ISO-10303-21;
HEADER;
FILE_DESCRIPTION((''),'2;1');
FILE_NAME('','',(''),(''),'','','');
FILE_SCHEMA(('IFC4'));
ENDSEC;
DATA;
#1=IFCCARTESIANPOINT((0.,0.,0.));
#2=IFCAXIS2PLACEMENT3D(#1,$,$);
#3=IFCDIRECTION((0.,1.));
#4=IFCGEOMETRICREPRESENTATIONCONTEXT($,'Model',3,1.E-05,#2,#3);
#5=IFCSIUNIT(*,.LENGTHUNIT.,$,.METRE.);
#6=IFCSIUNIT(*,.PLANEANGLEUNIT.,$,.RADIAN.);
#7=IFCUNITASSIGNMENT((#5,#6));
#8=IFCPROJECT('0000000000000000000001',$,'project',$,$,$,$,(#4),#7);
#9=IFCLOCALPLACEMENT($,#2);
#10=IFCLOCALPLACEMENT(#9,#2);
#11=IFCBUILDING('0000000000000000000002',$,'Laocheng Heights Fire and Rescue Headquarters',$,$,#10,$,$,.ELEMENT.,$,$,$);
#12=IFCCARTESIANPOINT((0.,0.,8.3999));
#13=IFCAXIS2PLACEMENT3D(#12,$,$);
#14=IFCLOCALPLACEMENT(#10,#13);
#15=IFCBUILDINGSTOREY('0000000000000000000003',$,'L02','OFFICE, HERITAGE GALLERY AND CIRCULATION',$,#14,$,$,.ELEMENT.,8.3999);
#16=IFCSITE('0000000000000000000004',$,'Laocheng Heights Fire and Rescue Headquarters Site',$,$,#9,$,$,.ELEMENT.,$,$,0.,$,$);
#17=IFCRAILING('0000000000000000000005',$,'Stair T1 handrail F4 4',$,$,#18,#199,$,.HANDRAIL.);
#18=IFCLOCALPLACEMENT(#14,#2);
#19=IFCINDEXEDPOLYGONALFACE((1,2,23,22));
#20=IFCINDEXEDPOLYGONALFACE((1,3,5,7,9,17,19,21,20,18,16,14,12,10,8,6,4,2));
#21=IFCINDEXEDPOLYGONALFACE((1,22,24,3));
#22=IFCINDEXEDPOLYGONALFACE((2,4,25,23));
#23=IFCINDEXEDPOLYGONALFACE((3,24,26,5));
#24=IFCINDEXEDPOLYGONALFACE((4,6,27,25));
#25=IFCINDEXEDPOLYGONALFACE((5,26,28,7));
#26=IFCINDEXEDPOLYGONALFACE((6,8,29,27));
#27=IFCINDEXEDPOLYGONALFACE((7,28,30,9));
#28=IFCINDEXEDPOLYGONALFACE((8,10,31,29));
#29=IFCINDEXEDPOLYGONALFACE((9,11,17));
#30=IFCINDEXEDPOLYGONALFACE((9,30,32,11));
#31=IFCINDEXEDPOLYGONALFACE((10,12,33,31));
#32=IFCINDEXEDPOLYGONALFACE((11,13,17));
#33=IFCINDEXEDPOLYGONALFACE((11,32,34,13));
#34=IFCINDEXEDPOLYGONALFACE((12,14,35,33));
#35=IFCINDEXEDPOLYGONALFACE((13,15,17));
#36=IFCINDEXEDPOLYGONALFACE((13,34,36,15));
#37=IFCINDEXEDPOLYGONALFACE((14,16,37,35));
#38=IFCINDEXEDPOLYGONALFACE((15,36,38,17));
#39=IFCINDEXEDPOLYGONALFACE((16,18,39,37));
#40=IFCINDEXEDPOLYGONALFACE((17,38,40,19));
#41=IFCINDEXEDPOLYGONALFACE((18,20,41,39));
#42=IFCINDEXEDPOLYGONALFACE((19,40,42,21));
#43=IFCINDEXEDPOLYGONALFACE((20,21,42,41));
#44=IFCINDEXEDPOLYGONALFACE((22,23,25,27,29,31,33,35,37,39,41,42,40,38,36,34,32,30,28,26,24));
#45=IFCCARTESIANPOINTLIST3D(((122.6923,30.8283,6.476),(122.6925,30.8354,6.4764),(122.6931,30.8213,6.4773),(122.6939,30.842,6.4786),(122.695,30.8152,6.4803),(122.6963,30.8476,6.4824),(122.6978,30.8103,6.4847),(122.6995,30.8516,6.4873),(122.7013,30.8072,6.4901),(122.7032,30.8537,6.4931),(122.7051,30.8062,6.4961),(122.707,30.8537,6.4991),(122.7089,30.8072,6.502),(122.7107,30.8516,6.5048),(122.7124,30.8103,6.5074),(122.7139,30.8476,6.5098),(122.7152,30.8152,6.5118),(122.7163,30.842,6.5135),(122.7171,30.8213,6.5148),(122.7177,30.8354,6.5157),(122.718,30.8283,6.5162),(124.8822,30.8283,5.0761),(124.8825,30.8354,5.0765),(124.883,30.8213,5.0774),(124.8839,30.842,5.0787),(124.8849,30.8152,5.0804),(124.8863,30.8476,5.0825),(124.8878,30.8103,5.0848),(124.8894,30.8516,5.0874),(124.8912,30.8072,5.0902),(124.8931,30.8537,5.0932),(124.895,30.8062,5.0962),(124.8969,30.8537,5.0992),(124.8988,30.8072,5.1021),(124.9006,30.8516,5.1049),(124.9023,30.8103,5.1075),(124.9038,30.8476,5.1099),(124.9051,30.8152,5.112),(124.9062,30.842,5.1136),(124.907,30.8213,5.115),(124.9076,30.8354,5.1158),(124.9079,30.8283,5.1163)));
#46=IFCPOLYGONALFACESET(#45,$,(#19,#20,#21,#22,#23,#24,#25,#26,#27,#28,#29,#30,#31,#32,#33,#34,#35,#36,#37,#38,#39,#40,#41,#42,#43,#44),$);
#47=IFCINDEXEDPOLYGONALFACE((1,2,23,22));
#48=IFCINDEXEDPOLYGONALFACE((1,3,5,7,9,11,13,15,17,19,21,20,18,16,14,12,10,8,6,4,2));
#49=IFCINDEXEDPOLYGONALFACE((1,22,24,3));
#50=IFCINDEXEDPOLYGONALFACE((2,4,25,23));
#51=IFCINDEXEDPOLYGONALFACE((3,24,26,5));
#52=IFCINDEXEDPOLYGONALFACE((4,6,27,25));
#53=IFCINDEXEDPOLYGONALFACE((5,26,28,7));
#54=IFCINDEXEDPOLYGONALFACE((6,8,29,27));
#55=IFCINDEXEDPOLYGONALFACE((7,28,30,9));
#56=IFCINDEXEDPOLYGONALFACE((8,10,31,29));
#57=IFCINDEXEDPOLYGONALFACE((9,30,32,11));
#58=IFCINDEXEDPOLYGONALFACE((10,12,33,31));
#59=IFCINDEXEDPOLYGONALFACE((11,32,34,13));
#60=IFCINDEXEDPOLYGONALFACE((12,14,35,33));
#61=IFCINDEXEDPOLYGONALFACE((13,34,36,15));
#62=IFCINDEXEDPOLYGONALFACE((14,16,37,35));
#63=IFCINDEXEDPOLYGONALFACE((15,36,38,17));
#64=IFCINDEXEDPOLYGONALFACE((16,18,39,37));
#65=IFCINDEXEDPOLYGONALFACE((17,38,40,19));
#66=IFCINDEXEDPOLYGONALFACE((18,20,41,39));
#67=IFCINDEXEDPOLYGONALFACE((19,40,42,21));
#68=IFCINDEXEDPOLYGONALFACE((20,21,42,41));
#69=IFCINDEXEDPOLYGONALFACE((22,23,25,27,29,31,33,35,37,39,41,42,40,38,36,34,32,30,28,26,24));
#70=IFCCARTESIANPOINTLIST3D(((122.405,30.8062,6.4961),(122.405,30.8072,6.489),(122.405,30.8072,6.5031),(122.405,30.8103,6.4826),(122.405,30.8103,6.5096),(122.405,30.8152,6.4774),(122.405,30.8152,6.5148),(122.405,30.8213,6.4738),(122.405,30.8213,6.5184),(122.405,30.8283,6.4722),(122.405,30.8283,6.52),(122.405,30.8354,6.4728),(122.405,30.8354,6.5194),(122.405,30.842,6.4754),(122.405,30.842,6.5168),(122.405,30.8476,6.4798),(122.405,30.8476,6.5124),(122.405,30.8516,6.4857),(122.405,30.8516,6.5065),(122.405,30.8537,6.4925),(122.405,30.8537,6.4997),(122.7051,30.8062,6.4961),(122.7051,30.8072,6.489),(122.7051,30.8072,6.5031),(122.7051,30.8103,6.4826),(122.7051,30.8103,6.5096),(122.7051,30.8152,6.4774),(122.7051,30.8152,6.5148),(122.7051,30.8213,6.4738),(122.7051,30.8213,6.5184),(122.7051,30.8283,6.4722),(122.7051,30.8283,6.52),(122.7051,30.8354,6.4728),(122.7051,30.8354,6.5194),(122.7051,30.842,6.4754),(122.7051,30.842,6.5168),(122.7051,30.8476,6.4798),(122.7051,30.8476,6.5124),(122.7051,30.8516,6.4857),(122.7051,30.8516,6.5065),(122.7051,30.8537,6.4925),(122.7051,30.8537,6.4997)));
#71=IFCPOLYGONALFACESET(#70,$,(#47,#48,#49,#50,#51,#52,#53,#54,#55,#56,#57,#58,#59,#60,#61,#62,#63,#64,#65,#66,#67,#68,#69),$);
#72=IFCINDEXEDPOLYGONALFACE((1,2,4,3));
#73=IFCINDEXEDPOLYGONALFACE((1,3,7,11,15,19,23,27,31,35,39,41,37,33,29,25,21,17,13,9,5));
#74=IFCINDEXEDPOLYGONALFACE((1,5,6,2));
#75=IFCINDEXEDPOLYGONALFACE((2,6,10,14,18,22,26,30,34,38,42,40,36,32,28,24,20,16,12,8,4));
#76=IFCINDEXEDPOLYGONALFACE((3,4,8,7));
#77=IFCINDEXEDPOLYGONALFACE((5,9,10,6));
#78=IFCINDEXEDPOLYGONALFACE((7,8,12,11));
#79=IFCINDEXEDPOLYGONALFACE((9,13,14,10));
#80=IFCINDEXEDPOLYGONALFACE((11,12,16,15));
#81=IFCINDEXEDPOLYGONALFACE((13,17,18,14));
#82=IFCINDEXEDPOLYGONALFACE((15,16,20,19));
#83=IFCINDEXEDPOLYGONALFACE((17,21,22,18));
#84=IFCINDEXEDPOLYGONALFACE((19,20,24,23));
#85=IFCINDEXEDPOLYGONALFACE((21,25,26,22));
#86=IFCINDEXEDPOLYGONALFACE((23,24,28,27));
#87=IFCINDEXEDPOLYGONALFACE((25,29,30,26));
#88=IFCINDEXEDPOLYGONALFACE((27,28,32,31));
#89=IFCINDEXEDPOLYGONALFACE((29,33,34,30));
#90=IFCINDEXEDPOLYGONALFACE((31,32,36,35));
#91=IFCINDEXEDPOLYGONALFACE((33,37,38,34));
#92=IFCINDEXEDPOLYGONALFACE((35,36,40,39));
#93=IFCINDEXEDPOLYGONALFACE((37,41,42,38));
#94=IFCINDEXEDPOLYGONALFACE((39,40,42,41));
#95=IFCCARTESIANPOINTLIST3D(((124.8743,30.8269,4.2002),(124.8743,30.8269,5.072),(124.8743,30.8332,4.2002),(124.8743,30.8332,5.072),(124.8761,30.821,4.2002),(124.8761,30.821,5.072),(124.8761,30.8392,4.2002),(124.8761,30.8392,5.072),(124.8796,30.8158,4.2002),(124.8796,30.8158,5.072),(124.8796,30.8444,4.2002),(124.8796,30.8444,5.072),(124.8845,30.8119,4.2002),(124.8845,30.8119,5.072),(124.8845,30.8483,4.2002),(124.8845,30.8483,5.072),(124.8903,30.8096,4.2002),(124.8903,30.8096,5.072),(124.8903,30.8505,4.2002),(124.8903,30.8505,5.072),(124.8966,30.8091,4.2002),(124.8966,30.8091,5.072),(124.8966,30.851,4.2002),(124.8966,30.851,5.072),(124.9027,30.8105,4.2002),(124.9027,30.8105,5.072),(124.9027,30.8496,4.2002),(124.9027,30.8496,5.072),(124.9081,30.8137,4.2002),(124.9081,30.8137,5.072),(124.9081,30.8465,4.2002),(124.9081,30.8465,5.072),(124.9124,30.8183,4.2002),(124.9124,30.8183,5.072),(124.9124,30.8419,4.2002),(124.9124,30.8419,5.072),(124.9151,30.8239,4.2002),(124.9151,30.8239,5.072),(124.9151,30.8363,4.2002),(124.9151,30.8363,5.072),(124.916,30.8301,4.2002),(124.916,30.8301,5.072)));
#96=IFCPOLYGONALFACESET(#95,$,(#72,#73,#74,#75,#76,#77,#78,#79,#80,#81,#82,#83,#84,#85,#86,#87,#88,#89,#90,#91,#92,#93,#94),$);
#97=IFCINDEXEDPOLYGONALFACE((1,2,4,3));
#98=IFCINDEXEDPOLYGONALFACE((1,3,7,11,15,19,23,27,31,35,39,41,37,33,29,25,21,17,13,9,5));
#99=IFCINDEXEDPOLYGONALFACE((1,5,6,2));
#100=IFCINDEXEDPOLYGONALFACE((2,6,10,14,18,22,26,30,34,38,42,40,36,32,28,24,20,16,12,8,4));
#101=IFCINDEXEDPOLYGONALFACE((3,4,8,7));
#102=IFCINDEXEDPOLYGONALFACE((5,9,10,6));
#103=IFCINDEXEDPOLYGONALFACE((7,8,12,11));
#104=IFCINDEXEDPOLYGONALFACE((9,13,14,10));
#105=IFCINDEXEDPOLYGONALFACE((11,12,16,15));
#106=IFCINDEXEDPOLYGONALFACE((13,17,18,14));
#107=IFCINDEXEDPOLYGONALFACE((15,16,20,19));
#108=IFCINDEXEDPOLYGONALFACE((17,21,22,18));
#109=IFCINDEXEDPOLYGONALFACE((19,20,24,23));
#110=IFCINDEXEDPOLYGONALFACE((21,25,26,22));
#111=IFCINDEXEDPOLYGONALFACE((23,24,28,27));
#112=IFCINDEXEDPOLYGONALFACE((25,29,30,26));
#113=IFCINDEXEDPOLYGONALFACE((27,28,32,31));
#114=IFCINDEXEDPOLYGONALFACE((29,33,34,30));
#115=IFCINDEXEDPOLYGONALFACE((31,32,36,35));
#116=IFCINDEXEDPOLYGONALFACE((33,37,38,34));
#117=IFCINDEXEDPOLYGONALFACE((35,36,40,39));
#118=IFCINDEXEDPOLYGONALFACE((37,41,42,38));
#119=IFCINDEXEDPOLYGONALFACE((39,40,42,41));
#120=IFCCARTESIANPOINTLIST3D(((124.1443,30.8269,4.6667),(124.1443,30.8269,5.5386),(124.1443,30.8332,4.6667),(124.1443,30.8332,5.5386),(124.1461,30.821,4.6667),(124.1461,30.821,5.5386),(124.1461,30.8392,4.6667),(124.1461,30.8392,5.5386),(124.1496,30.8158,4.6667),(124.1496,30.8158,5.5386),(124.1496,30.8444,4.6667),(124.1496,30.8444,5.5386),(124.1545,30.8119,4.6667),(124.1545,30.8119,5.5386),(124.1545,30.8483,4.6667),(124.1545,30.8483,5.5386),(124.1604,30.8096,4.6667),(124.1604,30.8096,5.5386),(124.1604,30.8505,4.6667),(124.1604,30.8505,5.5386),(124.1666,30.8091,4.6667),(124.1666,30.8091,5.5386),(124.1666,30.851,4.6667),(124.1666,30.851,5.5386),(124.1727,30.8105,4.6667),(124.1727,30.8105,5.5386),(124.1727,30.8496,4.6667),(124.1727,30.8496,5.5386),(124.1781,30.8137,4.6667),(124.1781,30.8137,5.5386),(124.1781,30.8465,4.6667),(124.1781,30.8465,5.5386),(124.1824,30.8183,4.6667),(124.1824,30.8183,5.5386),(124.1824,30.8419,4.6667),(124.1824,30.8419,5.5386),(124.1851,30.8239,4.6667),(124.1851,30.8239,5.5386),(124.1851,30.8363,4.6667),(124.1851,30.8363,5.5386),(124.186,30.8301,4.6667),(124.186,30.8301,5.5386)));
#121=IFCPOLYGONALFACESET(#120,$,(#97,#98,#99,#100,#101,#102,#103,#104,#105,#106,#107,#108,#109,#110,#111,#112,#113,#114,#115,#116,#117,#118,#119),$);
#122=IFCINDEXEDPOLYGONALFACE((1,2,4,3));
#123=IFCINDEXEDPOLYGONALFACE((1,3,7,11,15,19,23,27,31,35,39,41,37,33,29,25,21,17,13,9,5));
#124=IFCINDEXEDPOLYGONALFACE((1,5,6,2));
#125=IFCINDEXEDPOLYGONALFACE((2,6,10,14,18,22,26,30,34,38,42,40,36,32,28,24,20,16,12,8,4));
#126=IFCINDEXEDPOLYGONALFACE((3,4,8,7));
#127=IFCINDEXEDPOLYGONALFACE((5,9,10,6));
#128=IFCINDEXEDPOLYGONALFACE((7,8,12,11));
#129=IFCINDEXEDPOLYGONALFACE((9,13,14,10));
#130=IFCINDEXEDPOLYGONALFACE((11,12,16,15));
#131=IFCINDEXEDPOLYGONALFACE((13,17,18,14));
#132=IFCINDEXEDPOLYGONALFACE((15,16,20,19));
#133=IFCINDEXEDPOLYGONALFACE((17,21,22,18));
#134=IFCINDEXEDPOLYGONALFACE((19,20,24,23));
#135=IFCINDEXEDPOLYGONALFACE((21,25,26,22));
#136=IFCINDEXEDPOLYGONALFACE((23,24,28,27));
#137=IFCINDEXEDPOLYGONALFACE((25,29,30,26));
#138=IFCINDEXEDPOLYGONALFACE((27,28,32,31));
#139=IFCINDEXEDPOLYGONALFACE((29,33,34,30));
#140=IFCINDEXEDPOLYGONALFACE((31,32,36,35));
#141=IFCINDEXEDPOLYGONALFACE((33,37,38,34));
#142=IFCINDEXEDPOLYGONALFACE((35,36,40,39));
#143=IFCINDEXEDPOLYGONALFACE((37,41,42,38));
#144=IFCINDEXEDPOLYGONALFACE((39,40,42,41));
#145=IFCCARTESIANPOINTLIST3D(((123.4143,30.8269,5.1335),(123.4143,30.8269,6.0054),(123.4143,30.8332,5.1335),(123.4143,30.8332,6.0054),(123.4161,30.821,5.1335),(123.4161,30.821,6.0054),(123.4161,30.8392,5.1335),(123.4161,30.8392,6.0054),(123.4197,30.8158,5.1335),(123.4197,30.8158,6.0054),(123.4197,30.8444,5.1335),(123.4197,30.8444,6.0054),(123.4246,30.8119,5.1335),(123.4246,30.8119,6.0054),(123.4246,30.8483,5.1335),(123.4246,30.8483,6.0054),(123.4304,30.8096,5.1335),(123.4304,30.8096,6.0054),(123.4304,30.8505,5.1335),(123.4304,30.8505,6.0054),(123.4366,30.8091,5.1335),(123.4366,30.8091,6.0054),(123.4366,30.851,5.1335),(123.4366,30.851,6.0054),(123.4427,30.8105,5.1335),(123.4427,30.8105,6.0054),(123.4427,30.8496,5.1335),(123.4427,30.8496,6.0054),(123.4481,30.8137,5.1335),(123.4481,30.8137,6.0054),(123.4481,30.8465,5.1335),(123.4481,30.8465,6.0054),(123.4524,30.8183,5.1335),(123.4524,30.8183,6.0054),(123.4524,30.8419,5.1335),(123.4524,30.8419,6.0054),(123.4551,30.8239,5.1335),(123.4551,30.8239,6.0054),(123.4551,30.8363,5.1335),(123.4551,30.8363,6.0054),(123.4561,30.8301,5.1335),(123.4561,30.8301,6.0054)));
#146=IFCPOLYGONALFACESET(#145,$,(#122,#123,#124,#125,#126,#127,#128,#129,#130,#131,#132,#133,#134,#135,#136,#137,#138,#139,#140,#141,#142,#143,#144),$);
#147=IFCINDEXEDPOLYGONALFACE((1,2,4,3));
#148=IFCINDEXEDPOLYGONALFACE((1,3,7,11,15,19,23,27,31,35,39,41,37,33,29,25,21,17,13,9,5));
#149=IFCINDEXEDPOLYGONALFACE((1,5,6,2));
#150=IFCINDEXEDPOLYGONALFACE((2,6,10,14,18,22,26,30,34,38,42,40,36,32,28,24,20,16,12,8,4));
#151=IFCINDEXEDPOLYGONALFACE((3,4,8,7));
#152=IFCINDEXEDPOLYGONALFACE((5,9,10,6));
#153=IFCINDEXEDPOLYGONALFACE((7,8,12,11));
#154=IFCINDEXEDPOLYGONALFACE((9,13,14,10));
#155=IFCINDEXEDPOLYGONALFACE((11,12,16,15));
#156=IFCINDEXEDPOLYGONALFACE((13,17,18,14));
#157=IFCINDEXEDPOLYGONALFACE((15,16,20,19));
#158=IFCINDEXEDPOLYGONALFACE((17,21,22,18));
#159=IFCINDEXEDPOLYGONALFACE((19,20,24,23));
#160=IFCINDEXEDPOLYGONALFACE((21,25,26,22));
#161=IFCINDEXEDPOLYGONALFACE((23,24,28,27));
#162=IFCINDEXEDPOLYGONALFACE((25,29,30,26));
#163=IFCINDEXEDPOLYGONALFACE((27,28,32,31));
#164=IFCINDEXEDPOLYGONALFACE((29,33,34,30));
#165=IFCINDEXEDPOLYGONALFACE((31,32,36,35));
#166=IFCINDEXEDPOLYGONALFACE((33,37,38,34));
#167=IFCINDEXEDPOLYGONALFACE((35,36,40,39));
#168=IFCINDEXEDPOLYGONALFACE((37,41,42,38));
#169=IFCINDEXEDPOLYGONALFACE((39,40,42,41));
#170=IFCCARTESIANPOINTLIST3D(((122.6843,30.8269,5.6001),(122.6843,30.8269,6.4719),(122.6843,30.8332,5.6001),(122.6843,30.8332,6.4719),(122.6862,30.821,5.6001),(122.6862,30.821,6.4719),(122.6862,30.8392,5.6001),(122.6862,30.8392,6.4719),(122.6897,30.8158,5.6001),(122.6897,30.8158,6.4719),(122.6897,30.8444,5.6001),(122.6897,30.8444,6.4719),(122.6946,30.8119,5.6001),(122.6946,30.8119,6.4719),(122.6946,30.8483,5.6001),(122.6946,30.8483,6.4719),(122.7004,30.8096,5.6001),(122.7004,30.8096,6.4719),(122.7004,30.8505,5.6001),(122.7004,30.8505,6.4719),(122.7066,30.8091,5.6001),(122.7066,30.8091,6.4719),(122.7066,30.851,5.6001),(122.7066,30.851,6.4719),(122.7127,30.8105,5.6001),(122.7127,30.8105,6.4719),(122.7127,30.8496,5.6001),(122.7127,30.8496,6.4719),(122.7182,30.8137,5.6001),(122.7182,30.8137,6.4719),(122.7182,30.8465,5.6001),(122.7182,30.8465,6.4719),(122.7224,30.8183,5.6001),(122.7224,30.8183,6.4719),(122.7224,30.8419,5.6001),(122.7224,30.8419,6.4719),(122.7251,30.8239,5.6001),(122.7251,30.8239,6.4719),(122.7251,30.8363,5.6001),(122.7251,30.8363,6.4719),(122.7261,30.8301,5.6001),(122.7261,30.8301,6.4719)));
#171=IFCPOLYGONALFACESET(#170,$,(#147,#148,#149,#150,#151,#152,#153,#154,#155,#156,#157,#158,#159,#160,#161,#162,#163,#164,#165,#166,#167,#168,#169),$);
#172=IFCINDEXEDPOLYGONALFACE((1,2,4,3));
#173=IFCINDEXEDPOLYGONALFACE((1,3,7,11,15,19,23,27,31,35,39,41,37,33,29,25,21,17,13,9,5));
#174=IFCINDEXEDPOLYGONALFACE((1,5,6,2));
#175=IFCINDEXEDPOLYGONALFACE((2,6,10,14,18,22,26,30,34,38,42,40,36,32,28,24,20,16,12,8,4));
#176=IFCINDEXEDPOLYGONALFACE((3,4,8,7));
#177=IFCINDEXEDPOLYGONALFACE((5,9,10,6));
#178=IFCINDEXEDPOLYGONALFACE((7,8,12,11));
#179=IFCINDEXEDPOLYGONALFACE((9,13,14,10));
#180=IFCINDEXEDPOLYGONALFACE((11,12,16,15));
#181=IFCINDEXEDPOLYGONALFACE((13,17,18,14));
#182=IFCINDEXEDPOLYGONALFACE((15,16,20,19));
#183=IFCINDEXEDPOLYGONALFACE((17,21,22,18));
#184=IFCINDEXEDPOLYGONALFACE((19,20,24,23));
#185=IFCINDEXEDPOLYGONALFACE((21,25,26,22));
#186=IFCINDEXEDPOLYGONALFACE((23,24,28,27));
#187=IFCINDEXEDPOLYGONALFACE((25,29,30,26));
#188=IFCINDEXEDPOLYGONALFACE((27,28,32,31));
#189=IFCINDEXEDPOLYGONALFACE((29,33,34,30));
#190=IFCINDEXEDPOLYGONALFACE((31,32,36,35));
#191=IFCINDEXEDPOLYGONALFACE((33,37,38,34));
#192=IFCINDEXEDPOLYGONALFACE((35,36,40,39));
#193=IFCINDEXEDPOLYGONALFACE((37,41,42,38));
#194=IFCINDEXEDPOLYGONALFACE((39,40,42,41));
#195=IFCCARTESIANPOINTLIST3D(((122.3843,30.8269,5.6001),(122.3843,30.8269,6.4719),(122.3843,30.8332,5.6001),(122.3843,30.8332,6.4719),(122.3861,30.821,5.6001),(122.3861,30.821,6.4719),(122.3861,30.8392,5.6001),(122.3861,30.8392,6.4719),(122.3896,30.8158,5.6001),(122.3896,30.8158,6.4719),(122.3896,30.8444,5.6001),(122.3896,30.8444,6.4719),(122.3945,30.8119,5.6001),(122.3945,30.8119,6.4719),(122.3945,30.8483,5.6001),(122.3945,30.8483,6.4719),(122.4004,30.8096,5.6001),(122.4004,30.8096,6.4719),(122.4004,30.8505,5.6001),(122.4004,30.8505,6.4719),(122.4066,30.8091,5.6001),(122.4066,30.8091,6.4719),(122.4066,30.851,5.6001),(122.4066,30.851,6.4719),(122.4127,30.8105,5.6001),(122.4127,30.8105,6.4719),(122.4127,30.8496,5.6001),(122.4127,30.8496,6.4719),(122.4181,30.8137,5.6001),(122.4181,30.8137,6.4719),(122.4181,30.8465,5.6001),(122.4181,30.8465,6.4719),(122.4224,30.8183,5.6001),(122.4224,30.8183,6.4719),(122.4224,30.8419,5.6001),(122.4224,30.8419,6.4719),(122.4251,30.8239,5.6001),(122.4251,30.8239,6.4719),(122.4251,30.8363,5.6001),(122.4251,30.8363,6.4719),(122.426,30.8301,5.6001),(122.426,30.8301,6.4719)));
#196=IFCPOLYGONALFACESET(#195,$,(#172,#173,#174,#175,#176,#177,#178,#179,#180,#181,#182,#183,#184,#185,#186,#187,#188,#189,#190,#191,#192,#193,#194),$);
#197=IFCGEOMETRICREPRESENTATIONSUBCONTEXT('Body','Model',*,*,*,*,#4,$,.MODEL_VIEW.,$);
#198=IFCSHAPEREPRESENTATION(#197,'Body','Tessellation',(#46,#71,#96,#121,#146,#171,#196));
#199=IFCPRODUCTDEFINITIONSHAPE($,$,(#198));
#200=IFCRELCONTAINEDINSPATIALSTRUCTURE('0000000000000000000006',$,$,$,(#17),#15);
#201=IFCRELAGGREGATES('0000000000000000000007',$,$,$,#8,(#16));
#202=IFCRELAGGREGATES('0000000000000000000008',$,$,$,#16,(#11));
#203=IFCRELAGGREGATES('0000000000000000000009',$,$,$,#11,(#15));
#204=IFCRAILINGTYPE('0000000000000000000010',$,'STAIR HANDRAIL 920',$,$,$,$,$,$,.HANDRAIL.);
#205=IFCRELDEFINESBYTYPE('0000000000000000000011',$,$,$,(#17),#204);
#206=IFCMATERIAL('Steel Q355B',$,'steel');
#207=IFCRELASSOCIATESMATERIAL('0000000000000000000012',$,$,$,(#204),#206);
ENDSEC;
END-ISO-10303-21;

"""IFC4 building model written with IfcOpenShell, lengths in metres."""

from ifc_helpers import new_model, si_unit, direction, frame, origin, origin_2d, place, context, subcontext, project, spatial, circle, extrude, material, type_object, element, save


model = new_model("IFC4")

# Units and contexts
model_context = context("Model", 3, precision=1e-05, world=origin(), true_north=direction((0.0, 1.0)))
body_context = subcontext(model_context, "Body", "Model", "MODEL_VIEW")
ifc_project = project(units=[si_unit("LENGTHUNIT", "METRE"), si_unit("PLANEANGLEUNIT", "RADIAN")], contexts=[model_context])

# Site, building, storey
site_placement = place(None, origin())
site = spatial("IfcSite", under=ifc_project, at=site_placement, Name="Laocheng Heights Fire and Rescue Headquarters Site", CompositionType="ELEMENT", RefElevation=0.0)
building_placement = place(site_placement, origin())
building = spatial("IfcBuilding", under=site, at=building_placement, Name="Laocheng Heights Fire and Rescue Headquarters", CompositionType="ELEMENT")
storey_placement = place(building_placement, frame((0.0, 0.0, 8.3999)))
storey = spatial("IfcBuildingStorey", under=building, at=storey_placement, Name="L02", Description="OFFICE, HERITAGE GALLERY AND CIRCULATION", CompositionType="ELEMENT", Elevation=8.3999)

# Railing
ifc_material_1 = material(Name="Steel Q355B", Category="steel")
railing_type_1 = type_object("IfcRailingType", Name="STAIR HANDRAIL 920", PredefinedType="HANDRAIL", material=ifc_material_1)
for number, where, name in (
    (1, (124.895, 30.8301, 4.2002), "Stair T1 handrail F4 4"),
):
    element("IfcRailing", number, at=place(storey_placement, frame(where)), inside=storey, type_object=railing_type_1, Name=name, PredefinedType="HANDRAIL", context=body_context, shape_type="SweptSolid", body=[
        extrude(circle(Radius=0.0239, at=origin_2d()), frame((0.0, 0.0, 0.896), z_axis=(-0.842561, 0.0, 0.5386), x_axis=(0.0, -1.0, 0.0)), (0.0, 0.0, 1.0), 2.5991),
        extrude(circle(Radius=0.0239, at=origin_2d()), frame((-2.1899, 0.0, 2.2959), z_axis=(-1.0, 0.0, 0.0), x_axis=(0.0, -1.0, 0.0)), (0.0, 0.0, 1.0), 0.3),
        extrude(circle(Radius=0.021, at=origin_2d()), origin(), (0.0, 0.0, 1.0), 0.8718),
        extrude(circle(Radius=0.021, at=origin_2d()), frame((-0.73, 0.0, 0.4666)), (0.0, 0.0, 1.0), 0.8718),
        extrude(circle(Radius=0.021, at=origin_2d()), frame((-1.46, 0.0, 0.9333)), (0.0, 0.0, 1.0), 0.8718),
        extrude(circle(Radius=0.021, at=origin_2d()), frame((-2.1899, 0.0, 1.3999)), (0.0, 0.0, 1.0), 0.8718),
        extrude(circle(Radius=0.021, at=origin_2d()), frame((-2.49, 0.0, 1.3999)), (0.0, 0.0, 1.0), 0.8718),
    ])

save(model, "model.ifc")
